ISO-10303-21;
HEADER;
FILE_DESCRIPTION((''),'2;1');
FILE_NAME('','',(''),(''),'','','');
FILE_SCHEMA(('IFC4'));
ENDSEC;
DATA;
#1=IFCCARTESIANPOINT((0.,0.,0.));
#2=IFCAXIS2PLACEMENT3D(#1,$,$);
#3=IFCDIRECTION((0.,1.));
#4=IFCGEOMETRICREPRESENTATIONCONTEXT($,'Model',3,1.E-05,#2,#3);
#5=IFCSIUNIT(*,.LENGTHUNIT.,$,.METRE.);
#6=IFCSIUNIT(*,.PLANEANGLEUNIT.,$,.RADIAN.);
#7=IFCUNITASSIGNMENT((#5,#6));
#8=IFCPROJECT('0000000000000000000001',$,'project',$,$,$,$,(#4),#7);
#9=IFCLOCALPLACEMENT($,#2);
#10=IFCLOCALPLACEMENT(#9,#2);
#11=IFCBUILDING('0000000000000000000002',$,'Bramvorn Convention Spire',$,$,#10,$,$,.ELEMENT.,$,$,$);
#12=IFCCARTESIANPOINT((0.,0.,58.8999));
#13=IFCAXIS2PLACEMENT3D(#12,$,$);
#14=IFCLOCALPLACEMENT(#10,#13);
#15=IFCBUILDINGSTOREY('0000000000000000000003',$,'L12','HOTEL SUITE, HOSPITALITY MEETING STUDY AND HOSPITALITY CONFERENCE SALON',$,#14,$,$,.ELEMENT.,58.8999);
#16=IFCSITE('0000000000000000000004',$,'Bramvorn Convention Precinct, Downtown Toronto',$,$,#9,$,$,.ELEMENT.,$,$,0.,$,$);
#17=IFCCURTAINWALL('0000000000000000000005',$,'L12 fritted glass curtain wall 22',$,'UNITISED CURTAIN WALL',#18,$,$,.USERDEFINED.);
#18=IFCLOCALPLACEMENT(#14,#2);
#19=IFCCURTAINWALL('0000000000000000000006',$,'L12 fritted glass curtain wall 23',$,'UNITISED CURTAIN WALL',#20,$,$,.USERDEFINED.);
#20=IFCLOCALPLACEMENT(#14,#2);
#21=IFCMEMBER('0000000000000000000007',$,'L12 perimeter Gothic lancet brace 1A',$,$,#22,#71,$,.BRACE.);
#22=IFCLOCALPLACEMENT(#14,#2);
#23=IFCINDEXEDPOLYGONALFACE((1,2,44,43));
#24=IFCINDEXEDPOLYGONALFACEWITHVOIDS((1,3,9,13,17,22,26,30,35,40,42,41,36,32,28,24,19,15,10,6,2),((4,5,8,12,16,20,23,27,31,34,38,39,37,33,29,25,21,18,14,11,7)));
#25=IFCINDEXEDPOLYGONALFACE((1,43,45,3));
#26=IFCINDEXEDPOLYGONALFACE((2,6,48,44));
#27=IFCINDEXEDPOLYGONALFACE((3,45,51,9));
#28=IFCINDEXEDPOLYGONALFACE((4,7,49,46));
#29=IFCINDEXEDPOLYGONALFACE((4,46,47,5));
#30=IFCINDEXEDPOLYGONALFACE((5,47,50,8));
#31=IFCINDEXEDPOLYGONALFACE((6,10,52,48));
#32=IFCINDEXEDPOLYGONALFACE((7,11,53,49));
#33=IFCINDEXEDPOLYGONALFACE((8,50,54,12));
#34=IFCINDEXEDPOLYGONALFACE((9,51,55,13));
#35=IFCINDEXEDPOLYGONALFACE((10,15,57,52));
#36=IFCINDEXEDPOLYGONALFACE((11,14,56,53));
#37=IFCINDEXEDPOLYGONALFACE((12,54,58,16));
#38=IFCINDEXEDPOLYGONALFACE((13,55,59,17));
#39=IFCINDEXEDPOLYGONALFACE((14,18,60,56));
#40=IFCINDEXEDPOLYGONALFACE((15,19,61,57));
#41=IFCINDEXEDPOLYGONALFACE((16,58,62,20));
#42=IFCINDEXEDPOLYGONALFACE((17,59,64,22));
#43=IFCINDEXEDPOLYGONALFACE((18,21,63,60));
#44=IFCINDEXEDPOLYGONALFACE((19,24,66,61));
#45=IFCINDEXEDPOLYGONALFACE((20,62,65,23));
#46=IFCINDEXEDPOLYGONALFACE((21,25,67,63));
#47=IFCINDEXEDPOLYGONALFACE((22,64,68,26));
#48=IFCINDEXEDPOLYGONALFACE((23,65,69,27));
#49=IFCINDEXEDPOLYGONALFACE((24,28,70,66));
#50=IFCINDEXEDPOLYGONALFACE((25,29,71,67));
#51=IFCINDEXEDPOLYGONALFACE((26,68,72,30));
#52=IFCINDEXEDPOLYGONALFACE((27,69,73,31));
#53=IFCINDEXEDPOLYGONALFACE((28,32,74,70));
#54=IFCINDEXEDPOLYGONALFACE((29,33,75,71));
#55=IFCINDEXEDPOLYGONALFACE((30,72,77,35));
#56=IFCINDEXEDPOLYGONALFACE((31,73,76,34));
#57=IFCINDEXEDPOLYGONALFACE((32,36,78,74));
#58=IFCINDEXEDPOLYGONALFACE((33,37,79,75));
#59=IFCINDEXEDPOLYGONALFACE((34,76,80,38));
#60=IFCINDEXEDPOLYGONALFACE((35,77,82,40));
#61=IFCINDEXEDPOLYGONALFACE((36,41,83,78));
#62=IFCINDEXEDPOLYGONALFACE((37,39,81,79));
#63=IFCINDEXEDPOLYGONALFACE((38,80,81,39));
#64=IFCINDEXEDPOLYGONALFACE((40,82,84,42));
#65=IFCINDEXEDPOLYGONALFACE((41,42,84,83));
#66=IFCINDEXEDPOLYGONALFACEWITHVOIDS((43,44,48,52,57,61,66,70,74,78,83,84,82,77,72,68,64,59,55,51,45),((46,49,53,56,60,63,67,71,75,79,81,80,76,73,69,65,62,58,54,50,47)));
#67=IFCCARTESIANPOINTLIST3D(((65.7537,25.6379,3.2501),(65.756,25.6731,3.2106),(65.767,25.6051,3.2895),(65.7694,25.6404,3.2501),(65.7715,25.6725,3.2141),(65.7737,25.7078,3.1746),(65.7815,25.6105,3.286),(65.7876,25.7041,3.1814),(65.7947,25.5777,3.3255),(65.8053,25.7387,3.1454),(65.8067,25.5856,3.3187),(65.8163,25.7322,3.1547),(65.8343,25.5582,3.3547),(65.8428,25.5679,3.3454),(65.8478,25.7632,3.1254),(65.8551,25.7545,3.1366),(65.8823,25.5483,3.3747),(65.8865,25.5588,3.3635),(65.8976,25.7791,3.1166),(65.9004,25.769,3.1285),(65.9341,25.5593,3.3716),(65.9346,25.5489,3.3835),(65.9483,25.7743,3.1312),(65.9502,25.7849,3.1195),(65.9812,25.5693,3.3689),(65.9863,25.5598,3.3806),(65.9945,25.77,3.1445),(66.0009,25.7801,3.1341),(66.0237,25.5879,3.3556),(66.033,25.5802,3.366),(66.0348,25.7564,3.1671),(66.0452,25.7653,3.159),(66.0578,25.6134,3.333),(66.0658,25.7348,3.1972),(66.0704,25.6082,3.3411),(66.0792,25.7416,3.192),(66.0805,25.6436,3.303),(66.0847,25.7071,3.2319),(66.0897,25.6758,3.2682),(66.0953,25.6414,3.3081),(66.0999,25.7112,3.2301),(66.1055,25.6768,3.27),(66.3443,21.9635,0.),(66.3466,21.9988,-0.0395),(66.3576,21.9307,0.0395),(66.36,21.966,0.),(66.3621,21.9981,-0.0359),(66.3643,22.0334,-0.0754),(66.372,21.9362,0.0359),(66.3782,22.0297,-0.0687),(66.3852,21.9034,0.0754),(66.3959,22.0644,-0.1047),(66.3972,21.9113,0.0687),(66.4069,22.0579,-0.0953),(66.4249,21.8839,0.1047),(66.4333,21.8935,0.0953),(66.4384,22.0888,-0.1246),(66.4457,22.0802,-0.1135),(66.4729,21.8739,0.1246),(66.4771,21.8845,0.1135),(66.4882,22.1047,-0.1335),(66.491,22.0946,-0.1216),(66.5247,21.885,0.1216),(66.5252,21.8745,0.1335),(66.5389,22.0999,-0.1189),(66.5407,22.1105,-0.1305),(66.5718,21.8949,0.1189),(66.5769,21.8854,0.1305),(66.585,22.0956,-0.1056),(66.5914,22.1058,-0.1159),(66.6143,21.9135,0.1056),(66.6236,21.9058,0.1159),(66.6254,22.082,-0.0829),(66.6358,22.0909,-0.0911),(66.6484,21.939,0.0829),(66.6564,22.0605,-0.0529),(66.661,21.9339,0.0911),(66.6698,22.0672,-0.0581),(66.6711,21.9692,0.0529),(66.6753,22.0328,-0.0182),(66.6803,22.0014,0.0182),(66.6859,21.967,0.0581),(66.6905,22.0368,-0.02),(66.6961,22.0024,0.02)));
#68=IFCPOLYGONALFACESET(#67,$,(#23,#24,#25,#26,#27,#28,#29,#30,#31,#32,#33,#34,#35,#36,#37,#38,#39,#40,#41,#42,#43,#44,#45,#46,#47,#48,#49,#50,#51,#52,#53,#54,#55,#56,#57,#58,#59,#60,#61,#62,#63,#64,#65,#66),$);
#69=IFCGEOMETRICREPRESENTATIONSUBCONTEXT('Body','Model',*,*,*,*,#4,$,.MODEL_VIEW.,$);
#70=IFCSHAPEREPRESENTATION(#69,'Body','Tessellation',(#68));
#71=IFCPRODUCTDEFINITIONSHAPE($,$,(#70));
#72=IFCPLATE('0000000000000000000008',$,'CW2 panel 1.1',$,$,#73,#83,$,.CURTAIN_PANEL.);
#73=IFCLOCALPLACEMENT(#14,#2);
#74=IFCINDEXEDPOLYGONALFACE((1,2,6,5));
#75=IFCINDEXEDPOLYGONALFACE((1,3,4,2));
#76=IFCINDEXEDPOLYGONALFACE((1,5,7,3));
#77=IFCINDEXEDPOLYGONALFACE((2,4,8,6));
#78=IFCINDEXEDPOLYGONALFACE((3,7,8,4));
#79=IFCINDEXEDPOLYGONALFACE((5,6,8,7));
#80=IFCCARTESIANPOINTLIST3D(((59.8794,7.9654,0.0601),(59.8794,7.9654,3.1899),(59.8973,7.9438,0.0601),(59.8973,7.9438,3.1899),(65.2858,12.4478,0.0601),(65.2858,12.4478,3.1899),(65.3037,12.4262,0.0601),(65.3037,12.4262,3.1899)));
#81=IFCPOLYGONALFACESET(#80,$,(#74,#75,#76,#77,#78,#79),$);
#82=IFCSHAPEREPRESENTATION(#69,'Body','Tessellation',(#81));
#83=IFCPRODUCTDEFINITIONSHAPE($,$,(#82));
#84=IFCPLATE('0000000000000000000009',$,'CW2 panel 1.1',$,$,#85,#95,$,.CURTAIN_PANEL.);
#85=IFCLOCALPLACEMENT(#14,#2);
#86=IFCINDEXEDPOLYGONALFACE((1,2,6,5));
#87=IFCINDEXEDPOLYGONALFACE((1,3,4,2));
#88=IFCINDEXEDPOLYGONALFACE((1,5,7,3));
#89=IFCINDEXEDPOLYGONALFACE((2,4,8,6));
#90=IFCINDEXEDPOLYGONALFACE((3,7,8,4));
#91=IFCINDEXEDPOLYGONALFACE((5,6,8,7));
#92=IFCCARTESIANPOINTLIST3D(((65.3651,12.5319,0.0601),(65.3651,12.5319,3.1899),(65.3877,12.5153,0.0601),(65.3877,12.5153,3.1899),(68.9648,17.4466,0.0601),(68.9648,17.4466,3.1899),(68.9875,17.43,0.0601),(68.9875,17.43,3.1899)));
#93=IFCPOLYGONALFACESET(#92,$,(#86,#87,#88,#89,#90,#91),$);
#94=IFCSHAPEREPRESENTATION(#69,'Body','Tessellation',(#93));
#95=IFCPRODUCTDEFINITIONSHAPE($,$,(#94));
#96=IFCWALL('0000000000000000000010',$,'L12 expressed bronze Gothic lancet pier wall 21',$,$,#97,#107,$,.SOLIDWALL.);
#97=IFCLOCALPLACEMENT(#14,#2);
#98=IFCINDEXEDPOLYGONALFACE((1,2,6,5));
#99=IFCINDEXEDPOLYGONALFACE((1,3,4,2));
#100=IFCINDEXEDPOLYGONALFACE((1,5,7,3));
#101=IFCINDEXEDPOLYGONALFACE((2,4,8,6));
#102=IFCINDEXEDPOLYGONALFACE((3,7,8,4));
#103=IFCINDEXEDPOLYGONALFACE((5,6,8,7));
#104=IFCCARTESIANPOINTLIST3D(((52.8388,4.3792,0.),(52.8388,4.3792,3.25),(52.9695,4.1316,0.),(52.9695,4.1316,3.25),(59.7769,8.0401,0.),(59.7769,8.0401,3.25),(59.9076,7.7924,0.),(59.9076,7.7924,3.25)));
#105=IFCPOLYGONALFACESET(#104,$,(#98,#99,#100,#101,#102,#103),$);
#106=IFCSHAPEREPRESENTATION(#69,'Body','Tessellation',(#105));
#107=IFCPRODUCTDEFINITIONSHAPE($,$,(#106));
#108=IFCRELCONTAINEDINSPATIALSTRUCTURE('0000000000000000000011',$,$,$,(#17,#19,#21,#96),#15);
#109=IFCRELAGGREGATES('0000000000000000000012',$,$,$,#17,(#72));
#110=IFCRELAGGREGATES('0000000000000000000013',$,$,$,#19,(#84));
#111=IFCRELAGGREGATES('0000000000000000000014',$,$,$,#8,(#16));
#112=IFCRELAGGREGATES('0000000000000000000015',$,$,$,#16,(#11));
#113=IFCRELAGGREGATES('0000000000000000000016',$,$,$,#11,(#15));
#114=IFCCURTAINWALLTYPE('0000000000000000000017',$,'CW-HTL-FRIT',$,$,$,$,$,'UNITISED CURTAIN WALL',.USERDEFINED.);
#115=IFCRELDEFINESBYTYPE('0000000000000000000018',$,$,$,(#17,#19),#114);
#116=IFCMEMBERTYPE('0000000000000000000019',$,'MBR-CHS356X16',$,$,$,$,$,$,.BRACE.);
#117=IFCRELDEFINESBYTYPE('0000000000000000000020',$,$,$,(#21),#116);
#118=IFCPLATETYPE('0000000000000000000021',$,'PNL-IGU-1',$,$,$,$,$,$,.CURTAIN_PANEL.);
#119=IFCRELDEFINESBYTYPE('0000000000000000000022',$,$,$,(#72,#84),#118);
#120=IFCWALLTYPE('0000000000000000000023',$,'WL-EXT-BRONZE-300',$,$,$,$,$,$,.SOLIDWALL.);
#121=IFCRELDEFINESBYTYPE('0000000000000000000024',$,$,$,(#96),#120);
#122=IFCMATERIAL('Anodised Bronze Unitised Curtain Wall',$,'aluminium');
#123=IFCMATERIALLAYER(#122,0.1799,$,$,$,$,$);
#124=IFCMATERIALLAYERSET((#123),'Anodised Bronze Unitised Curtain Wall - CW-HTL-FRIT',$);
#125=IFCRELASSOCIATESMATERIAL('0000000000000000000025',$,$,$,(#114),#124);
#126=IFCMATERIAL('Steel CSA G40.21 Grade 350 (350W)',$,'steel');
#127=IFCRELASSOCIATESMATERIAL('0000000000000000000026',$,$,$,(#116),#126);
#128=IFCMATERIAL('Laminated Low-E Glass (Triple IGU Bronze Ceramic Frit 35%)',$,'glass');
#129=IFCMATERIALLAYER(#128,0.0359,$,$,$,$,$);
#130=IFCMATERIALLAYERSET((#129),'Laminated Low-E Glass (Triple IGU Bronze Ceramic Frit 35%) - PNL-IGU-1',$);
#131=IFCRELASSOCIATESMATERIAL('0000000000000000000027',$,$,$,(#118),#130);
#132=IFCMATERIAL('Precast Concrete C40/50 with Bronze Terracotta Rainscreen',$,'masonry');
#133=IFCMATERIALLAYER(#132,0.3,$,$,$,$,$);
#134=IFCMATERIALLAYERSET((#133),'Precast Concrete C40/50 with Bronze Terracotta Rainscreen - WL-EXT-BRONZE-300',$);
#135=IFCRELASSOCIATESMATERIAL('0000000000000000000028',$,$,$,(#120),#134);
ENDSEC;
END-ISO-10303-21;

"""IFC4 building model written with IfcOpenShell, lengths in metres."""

from ifc_helpers import new_model, si_unit, direction, frame, frame_2d, origin, origin_2d, place, context, subcontext, project, spatial, rectangle, hollow_circle, extrude, material, layer, layer_set, material_profile, profile_set, type_object, element, aggregate, save


model = new_model("IFC4")

# Units and contexts
model_context = context("Model", 3, precision=1e-05, world=origin(), true_north=direction((0.0, 1.0)))
body_context = subcontext(model_context, "Body", "Model", "MODEL_VIEW")
ifc_project = project(units=[si_unit("LENGTHUNIT", "METRE"), si_unit("PLANEANGLEUNIT", "RADIAN")], contexts=[model_context])

# Site, building, storey
site_placement = place(None, origin())
site = spatial("IfcSite", under=ifc_project, at=site_placement, Name="Bramvorn Convention Precinct, Downtown Toronto", CompositionType="ELEMENT", RefElevation=0.0)
building_placement = place(site_placement, origin())
building = spatial("IfcBuilding", under=site, at=building_placement, Name="Bramvorn Convention Spire", CompositionType="ELEMENT")
storey_placement = place(building_placement, frame((0.0, 0.0, 58.8999)))
storey = spatial("IfcBuildingStorey", under=building, at=storey_placement, Name="L12", Description="HOTEL SUITE, HOSPITALITY MEETING STUDY AND HOSPITALITY CONFERENCE SALON", CompositionType="ELEMENT", Elevation=58.8999)

# Shared definitions
ifc_material_1 = material(Name="Steel CSA G40.21 Grade 350 (350W)", Category="steel")

# Curtain walls
ifc_material_2 = material(Name="Anodised Bronze Unitised Curtain Wall", Category="aluminium")
ifc_layer_1 = layer(ifc_material_2, 0.1799)
ifc_layer_set_1 = layer_set([ifc_layer_1], Name="Anodised Bronze Unitised Curtain Wall - CW-HTL-FRIT")
curtain_wall_type = type_object("IfcCurtainWallType", Name="CW-HTL-FRIT", ElementType="UNITISED CURTAIN WALL", PredefinedType="USERDEFINED", material=ifc_layer_set_1)
curtain_wall_1_placement = place(storey_placement, origin())
curtain_wall_1 = element("IfcCurtainWall", 1, at=curtain_wall_1_placement, inside=storey, type_object=curtain_wall_type, Name="L12 fritted glass curtain wall 22", ObjectType="UNITISED CURTAIN WALL", PredefinedType="USERDEFINED")
curtain_wall_2_placement = place(storey_placement, origin())
curtain_wall_2 = element("IfcCurtainWall", 2, at=curtain_wall_2_placement, inside=storey, type_object=curtain_wall_type, Name="L12 fritted glass curtain wall 23", ObjectType="UNITISED CURTAIN WALL", PredefinedType="USERDEFINED")

# Member
ifc_material_profile_1 = material_profile(ifc_material_1, hollow_circle(Radius=0.1777, WallThickness=0.0159, at=origin_2d()))
ifc_profile_set_1 = profile_set([ifc_material_profile_1], Name="Steel CSA G40.21 Grade 350 (350W) - CHS356X16")
member_type_1 = type_object("IfcMemberType", Name="MBR-CHS356X16", PredefinedType="BRACE", material=ifc_profile_set_1)
member_1_placement = place(storey_placement, frame((66.5198, 21.9917, 0.0), z_axis=(-0.11953, 0.743663, 0.657783), x_axis=(-0.987328, -0.158694, 0.0)))
element("IfcMember", 3, at=member_1_placement, inside=storey, type_object=member_type_1, Name="L12 perimeter Gothic lancet brace 1A", PredefinedType="BRACE", context=body_context, shape_type="SweptSolid", body=[
    extrude(hollow_circle(Radius=0.1777, WallThickness=0.0159, at=origin_2d()), origin(), (0.0, 0.0, 1.0), 4.9409),
])

# Plates
ifc_material_3 = material(Name="Laminated Low-E Glass (Triple IGU Bronze Ceramic Frit 35%)", Category="glass")
ifc_layer_2 = layer(ifc_material_3, 0.0359)
ifc_layer_set_2 = layer_set([ifc_layer_2], Name="Laminated Low-E Glass (Triple IGU Bronze Ceramic Frit 35%) - PNL-IGU-1")
plate_type = type_object("IfcPlateType", Name="PNL-IGU-1", PredefinedType="CURTAIN_PANEL", material=ifc_layer_set_2)
plate_1_placement = place(storey_placement, frame((62.5916, 10.1958, 0.0601), z_axis=(0.0, 0.0, 1.0), x_axis=(-0.76982, -0.638261, 0.0)))
plate_1 = element("IfcPlate", 4, at=plate_1_placement, type_object=plate_type, Name="CW2 panel 1.1", PredefinedType="CURTAIN_PANEL", context=body_context, shape_type="SweptSolid", body=[
    extrude(rectangle(XDim=7.0229, YDim=0.0281, at=origin_2d()), origin(), (0.0, 0.0, 1.0), 3.1299),
])
aggregate(curtain_wall_1, [plate_1])
plate_2_placement = place(storey_placement, frame((67.1763, 14.981, 0.0601), z_axis=(0.0, 0.0, 1.0), x_axis=(-0.590895, -0.806748, 0.0)))
plate_2 = element("IfcPlate", 5, at=plate_2_placement, type_object=plate_type, Name="CW2 panel 1.1", PredefinedType="CURTAIN_PANEL", context=body_context, shape_type="SweptSolid", body=[
    extrude(rectangle(XDim=6.092, YDim=0.0281, at=origin_2d()), origin(), (0.0, 0.0, 1.0), 3.1299),
])
aggregate(curtain_wall_2, [plate_2])

# Wall
ifc_material_4 = material(Name="Precast Concrete C40/50 with Bronze Terracotta Rainscreen", Category="masonry")
ifc_layer_3 = layer(ifc_material_4, 0.3)
ifc_layer_set_3 = layer_set([ifc_layer_3], Name="Precast Concrete C40/50 with Bronze Terracotta Rainscreen - WL-EXT-BRONZE-300")
wall_type = type_object("IfcWallType", Name="WL-EXT-BRONZE-300", PredefinedType="SOLIDWALL", material=ifc_layer_set_3)
wall_placement = place(storey_placement, frame((59.8423, 7.9163, 0.0), z_axis=(0.0, 0.0, 1.0), x_axis=(-0.884435, -0.466663, 0.0)))
element("IfcWall", 6, at=wall_placement, inside=storey, type_object=wall_type, Name="L12 expressed bronze Gothic lancet pier wall 21", PredefinedType="SOLIDWALL", context=body_context, shape_type="SweptSolid", body=[
    extrude(rectangle(XDim=7.8447, YDim=0.28, at=frame_2d((3.9224, 0.0))), origin(), (0.0, 0.0, 1.0), 3.25),
])

save(model, "model.ifc")
